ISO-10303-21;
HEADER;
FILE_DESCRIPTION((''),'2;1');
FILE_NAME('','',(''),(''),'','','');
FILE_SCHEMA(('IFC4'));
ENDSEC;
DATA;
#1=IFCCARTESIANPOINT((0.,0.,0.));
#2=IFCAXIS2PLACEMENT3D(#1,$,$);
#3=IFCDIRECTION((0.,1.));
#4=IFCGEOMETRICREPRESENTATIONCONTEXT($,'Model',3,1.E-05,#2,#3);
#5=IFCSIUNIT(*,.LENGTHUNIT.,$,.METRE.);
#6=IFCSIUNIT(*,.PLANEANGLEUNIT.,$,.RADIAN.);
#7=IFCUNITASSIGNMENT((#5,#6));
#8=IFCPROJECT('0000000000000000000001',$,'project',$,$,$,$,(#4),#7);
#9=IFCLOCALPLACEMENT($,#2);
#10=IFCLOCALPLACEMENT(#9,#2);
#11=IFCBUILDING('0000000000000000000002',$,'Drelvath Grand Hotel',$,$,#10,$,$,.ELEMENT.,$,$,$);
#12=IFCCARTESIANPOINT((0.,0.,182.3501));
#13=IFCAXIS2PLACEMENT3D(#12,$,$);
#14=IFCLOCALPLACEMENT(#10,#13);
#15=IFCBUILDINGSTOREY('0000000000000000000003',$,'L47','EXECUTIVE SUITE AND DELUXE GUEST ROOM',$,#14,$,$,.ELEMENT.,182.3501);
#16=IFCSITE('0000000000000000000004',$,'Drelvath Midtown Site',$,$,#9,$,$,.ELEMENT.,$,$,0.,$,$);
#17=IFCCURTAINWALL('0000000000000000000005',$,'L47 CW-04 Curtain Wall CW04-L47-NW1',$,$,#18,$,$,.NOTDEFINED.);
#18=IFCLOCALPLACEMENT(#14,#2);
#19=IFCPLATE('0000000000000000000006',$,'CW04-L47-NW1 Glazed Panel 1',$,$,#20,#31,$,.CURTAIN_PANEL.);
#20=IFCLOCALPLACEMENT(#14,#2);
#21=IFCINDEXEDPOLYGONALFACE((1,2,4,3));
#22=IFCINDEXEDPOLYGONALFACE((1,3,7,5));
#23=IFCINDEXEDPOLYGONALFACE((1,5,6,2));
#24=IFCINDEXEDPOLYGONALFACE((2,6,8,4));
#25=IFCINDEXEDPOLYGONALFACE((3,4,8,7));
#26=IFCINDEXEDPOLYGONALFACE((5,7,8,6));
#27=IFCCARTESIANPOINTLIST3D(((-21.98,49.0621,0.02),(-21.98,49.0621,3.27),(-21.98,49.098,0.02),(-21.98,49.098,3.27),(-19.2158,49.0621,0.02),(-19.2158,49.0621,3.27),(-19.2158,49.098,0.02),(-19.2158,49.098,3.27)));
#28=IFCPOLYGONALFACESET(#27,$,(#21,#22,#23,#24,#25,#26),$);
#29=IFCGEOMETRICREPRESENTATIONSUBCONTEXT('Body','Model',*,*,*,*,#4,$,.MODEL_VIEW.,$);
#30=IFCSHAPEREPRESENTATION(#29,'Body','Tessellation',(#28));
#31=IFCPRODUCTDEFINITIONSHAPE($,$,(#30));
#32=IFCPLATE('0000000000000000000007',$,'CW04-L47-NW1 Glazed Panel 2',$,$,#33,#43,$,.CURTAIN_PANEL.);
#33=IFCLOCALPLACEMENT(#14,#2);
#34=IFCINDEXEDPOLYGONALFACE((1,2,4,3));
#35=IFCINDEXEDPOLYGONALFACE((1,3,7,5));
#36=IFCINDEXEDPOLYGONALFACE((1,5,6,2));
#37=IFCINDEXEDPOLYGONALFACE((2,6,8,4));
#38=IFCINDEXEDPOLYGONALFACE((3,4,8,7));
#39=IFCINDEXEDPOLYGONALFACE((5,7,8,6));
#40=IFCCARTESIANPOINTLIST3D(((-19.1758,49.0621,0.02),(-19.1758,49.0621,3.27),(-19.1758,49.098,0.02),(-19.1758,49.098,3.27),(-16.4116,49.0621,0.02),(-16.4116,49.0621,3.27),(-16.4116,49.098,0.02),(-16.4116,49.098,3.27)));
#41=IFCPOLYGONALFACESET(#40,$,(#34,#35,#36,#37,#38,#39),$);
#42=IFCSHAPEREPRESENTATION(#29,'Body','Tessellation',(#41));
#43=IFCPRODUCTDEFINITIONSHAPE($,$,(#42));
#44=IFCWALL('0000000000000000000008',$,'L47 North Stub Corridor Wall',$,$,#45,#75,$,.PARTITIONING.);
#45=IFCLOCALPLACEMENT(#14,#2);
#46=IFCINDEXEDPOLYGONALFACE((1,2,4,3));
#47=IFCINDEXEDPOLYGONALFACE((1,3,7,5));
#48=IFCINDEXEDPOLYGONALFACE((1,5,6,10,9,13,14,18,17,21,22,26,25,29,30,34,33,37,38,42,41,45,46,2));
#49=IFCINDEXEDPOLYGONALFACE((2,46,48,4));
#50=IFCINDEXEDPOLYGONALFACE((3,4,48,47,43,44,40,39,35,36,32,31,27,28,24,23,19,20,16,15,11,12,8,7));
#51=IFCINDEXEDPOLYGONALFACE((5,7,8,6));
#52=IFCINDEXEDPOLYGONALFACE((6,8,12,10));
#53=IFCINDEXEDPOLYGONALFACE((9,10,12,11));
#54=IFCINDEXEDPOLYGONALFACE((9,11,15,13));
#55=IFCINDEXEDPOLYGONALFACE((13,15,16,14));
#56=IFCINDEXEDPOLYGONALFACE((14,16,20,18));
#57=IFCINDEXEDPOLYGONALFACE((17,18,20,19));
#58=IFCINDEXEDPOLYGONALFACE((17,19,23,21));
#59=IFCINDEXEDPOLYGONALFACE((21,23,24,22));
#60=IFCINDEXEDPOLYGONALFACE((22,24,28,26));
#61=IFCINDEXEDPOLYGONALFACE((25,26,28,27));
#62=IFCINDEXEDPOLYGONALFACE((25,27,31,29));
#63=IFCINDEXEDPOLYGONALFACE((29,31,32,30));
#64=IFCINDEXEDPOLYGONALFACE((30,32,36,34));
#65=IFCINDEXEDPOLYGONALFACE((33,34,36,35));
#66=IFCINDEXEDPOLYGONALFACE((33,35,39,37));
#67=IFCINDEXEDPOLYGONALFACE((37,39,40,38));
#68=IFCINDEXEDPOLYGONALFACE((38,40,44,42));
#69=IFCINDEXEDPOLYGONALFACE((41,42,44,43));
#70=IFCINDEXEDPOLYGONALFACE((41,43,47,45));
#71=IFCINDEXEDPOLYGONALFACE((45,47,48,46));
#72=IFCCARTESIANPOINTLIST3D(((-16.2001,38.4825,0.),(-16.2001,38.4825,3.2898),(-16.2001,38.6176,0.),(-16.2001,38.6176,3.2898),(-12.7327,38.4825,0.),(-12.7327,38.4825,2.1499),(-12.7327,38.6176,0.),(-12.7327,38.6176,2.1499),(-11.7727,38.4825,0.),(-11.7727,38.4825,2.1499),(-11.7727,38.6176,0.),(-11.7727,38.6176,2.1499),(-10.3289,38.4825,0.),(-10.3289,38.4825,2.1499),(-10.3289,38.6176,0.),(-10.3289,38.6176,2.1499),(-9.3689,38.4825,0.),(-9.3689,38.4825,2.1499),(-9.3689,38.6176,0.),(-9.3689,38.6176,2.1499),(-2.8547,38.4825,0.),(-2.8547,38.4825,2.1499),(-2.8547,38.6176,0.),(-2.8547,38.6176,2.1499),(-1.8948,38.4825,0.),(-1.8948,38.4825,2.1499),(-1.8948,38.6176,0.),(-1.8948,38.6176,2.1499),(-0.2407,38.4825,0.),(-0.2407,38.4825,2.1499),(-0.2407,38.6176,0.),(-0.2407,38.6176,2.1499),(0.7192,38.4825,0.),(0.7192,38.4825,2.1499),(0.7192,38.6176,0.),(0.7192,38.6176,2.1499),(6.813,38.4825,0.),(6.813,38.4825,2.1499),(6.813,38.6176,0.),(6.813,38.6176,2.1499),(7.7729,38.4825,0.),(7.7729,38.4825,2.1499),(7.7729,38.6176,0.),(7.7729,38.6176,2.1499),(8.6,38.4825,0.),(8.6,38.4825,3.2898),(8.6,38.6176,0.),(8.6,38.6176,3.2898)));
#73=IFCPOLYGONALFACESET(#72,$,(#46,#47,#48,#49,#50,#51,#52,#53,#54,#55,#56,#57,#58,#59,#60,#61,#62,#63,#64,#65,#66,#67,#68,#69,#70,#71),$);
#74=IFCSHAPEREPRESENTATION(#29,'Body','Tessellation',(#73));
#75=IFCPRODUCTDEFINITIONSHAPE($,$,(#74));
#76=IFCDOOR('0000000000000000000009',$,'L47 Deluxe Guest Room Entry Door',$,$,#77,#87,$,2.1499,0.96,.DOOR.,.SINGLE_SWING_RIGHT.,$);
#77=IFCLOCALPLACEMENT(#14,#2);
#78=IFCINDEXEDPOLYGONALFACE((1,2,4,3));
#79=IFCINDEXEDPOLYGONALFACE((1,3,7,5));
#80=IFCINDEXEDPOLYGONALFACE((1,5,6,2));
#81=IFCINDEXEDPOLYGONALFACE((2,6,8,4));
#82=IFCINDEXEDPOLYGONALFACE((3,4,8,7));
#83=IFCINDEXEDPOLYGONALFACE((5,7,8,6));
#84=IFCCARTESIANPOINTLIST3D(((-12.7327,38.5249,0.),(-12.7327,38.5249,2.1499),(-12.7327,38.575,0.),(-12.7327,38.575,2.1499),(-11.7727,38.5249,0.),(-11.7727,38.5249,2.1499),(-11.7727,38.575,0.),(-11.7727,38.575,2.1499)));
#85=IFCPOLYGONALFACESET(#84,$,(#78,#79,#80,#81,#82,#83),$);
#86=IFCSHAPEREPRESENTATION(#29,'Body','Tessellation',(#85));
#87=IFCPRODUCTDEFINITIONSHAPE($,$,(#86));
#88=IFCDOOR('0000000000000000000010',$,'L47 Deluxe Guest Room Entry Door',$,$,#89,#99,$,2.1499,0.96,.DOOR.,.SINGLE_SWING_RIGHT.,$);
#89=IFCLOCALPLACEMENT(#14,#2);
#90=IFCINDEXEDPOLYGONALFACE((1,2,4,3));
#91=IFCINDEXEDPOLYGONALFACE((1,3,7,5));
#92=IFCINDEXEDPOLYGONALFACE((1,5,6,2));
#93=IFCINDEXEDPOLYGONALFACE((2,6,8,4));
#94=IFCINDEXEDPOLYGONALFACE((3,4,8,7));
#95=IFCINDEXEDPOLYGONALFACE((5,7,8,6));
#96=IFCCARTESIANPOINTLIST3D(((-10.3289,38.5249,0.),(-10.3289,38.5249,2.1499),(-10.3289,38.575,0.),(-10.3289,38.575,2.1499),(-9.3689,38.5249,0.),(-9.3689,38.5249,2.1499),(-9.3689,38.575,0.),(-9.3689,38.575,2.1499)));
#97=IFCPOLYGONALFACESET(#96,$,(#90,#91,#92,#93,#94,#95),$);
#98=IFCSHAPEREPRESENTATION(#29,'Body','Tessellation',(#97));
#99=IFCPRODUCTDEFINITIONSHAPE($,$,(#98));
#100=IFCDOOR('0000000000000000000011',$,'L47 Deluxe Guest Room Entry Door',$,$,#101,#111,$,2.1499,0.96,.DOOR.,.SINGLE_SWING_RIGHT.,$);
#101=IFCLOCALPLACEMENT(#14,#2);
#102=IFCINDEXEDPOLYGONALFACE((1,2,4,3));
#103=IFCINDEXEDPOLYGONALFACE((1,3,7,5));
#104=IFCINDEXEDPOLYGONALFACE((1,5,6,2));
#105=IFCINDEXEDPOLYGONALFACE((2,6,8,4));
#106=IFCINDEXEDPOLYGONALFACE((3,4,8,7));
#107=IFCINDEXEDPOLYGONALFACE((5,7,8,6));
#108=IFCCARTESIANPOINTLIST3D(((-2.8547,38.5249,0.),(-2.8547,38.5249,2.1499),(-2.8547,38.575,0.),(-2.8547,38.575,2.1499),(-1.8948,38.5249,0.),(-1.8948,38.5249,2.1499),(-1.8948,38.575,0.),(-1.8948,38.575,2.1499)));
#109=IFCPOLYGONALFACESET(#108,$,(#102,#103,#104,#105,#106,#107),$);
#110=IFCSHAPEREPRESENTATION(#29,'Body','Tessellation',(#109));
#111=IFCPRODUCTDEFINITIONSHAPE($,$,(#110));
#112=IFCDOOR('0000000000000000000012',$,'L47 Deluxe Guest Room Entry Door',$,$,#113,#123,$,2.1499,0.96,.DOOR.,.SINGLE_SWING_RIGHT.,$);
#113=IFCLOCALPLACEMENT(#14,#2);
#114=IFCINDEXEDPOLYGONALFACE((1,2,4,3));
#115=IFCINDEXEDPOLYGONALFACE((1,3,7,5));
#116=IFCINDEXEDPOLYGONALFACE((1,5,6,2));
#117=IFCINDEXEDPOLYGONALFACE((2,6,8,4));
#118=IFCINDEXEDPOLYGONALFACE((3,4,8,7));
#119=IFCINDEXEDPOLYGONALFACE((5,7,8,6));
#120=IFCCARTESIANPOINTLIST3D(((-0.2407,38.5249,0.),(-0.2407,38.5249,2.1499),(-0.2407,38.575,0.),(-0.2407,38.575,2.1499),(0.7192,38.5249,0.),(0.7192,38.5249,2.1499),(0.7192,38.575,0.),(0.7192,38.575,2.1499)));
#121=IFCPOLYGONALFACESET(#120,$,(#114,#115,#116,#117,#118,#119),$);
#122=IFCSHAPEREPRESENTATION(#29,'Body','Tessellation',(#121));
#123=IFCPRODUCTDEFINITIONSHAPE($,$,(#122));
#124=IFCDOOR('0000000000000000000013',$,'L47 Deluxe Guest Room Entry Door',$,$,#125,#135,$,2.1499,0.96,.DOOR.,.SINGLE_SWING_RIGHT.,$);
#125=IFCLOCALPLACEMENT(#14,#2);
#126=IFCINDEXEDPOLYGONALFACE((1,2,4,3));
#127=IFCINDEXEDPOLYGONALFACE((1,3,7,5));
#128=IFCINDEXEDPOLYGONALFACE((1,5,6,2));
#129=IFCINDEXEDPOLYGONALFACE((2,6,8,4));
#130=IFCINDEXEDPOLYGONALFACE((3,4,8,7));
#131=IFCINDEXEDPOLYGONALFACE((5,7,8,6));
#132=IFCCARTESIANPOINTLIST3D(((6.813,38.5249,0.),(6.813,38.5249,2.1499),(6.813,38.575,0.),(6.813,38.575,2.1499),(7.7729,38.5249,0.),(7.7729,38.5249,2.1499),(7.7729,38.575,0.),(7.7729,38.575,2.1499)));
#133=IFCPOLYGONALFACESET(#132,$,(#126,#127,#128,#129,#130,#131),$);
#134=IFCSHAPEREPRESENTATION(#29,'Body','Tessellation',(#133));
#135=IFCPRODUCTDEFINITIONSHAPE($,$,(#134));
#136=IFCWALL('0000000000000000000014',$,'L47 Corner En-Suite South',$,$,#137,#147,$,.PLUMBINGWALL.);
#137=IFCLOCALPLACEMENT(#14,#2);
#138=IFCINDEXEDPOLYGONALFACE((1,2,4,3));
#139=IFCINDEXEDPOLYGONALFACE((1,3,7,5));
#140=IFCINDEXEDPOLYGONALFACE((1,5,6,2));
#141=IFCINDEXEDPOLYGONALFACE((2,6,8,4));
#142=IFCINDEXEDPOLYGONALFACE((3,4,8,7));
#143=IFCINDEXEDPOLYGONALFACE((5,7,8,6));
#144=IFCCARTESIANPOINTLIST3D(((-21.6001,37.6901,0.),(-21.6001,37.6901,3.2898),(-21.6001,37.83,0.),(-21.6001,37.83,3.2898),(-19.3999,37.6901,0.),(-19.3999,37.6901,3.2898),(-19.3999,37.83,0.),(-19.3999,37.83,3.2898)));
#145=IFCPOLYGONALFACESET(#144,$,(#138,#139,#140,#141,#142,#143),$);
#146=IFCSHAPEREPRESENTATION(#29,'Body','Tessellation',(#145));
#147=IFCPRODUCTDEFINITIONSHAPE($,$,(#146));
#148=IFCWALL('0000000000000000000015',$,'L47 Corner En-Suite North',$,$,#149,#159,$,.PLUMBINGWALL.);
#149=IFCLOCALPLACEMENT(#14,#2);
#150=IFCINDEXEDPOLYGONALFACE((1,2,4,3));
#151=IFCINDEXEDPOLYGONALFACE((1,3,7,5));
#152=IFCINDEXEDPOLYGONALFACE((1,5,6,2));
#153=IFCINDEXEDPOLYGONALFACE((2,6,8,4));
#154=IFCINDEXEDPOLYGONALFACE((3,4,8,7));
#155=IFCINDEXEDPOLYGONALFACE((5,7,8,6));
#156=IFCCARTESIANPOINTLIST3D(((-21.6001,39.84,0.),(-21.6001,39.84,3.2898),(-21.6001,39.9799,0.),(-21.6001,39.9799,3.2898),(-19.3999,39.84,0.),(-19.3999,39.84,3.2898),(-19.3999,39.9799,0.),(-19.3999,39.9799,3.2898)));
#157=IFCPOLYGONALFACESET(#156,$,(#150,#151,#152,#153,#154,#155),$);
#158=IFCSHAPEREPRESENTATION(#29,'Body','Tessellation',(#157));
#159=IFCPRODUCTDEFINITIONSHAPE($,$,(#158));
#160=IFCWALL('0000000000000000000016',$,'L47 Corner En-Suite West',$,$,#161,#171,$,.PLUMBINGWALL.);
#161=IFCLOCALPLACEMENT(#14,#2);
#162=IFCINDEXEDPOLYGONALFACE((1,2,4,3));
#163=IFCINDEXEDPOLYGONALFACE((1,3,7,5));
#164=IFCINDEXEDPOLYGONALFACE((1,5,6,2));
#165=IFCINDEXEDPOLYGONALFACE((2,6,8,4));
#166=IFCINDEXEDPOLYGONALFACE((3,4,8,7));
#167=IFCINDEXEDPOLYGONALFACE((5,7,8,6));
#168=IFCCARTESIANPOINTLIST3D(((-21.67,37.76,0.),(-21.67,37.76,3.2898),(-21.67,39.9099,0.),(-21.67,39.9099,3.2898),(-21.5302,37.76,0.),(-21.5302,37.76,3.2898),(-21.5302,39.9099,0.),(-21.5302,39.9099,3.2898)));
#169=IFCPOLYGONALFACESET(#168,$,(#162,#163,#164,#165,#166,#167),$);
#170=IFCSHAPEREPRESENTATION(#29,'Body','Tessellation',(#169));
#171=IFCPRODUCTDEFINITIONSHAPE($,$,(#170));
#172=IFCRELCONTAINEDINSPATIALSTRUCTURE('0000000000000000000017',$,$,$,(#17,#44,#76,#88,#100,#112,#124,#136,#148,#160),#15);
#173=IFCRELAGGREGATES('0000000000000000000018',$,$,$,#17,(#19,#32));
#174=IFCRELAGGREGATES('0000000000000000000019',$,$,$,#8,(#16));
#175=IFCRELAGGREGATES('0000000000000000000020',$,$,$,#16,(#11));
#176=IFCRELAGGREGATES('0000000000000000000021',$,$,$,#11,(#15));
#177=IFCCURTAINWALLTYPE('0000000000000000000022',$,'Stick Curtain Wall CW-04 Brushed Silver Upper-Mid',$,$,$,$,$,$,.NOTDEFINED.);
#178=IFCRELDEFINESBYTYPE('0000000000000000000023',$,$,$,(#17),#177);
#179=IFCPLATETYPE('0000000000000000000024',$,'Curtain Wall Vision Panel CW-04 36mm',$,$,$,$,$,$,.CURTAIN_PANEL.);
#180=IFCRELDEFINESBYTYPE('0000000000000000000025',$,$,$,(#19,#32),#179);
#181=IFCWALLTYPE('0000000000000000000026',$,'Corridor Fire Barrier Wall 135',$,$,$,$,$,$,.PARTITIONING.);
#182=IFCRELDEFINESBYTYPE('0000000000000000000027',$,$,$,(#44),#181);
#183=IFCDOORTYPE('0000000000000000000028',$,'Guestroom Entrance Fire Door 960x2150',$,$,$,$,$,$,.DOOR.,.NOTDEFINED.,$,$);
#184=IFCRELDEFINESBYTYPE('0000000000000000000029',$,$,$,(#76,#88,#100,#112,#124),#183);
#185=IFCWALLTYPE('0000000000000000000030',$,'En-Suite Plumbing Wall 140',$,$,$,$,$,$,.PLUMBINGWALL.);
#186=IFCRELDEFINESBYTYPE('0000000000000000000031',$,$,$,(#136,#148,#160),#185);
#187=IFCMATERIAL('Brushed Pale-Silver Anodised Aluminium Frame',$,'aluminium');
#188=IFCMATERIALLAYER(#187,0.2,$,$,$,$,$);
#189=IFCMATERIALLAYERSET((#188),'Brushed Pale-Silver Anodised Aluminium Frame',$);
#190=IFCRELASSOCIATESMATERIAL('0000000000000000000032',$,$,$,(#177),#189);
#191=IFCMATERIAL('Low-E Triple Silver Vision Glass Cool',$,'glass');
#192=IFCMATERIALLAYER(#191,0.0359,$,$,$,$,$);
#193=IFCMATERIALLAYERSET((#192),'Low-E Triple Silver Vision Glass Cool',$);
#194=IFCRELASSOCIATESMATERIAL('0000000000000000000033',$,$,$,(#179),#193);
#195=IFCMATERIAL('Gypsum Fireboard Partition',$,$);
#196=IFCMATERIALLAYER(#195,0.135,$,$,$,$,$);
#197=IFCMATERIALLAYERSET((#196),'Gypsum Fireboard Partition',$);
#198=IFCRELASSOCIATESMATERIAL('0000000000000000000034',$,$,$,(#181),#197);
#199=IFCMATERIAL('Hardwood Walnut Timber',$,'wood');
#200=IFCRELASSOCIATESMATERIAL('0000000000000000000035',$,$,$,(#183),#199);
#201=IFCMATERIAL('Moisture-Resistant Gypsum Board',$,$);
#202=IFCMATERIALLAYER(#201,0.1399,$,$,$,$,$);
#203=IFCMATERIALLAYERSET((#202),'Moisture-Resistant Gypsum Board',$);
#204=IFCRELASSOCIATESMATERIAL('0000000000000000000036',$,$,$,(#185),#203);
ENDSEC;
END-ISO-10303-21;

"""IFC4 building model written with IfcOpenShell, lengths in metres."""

from ifc_helpers import new_model, si_unit, direction, frame, frame_2d, origin, origin_2d, place, context, subcontext, project, spatial, rectangle, extrude, material, layer, layer_set, type_object, element, fill, aggregate, save


model = new_model("IFC4")

# Units and contexts
model_context = context("Model", 3, precision=1e-05, world=origin(), true_north=direction((0.0, 1.0)))
body_context = subcontext(model_context, "Body", "Model", "MODEL_VIEW")
ifc_project = project(units=[si_unit("LENGTHUNIT", "METRE"), si_unit("PLANEANGLEUNIT", "RADIAN")], contexts=[model_context])

# Site, building, storey
site_placement = place(None, origin())
site = spatial("IfcSite", under=ifc_project, at=site_placement, Name="Drelvath Midtown Site", CompositionType="ELEMENT", RefElevation=0.0)
building_placement = place(site_placement, origin())
building = spatial("IfcBuilding", under=site, at=building_placement, Name="Drelvath Grand Hotel", CompositionType="ELEMENT")
storey_placement = place(building_placement, frame((0.0, 0.0, 182.3501)))
storey = spatial("IfcBuildingStorey", under=building, at=storey_placement, Name="L47", Description="EXECUTIVE SUITE AND DELUXE GUEST ROOM", CompositionType="ELEMENT", Elevation=182.3501)

# Curtain wall
ifc_material_1 = material(Name="Brushed Pale-Silver Anodised Aluminium Frame", Category="aluminium")
ifc_layer_1 = layer(ifc_material_1, 0.2)
ifc_layer_set_1 = layer_set([ifc_layer_1], Name="Brushed Pale-Silver Anodised Aluminium Frame")
curtain_wall_type = type_object("IfcCurtainWallType", Name="Stick Curtain Wall CW-04 Brushed Silver Upper-Mid", PredefinedType="NOTDEFINED", material=ifc_layer_set_1)
curtain_wall_placement = place(storey_placement, origin())
curtain_wall = element("IfcCurtainWall", 1, at=curtain_wall_placement, inside=storey, type_object=curtain_wall_type, Name="L47 CW-04 Curtain Wall CW04-L47-NW1", PredefinedType="NOTDEFINED")

# Plates
ifc_material_2 = material(Name="Low-E Triple Silver Vision Glass Cool", Category="glass")
ifc_layer_2 = layer(ifc_material_2, 0.0359)
ifc_layer_set_2 = layer_set([ifc_layer_2], Name="Low-E Triple Silver Vision Glass Cool")
plate_type = type_object("IfcPlateType", Name="Curtain Wall Vision Panel CW-04 36mm", PredefinedType="CURTAIN_PANEL", material=ifc_layer_set_2)
plate_1_placement = place(storey_placement, frame((-20.5979, 49.0801, 0.02), z_axis=(0.0, 0.0, 1.0), x_axis=(1.0, 0.0, 0.0)))
plate_1 = element("IfcPlate", 2, at=plate_1_placement, type_object=plate_type, Name="CW04-L47-NW1 Glazed Panel 1", PredefinedType="CURTAIN_PANEL", context=body_context, shape_type="SweptSolid", body=[
    extrude(rectangle(XDim=2.7642, YDim=0.0359, at=origin_2d()), origin(), (0.0, 0.0, 1.0), 3.25),
])
plate_2_placement = place(storey_placement, frame((-17.7937, 49.0801, 0.02), z_axis=(0.0, 0.0, 1.0), x_axis=(1.0, 0.0, 0.0)))
plate_2 = element("IfcPlate", 3, at=plate_2_placement, type_object=plate_type, Name="CW04-L47-NW1 Glazed Panel 2", PredefinedType="CURTAIN_PANEL", context=body_context, shape_type="SweptSolid", body=[
    extrude(rectangle(XDim=2.7642, YDim=0.0359, at=origin_2d()), origin(), (0.0, 0.0, 1.0), 3.25),
])
aggregate(curtain_wall, [plate_1, plate_2])

# Wall, openings, doors
ifc_material_3 = material(Name="Gypsum Fireboard Partition")
ifc_layer_3 = layer(ifc_material_3, 0.135)
ifc_layer_set_3 = layer_set([ifc_layer_3], Name="Gypsum Fireboard Partition")
wall_type_1 = type_object("IfcWallType", Name="Corridor Fire Barrier Wall 135", PredefinedType="PARTITIONING", material=ifc_layer_set_3)
wall_1_placement = place(storey_placement, frame((-16.2, 38.55, 0.0), z_axis=(0.0, 0.0, 1.0), x_axis=(1.0, 0.0, 0.0)))
wall_1 = element("IfcWall", 4, at=wall_1_placement, inside=storey, type_object=wall_type_1, Name="L47 North Stub Corridor Wall", PredefinedType="PARTITIONING", context=body_context, shape_type="SweptSolid", body=[
    extrude(rectangle(XDim=24.8, YDim=0.135, at=frame_2d((12.3999, 0.0))), origin(), (0.0, 0.0, 1.0), 3.2898),
])
opening_1_placement = place(wall_1_placement, frame((3.4673, 0.0, 0.0)))
opening_1 = element("IfcOpeningElement", 5, at=opening_1_placement, cuts=wall_1, PredefinedType="OPENING", context=body_context, shape_type="SweptSolid", body=[
    extrude(rectangle(XDim=0.96, YDim=2.1499, at=frame_2d((0.48, 1.075))), frame((0.0, 0.0774, 0.0), z_axis=(0.0, -1.0, 0.0), x_axis=(1.0, 0.0, 0.0)), (0.0, 0.0, 1.0), 0.155),
])
opening_2_placement = place(wall_1_placement, frame((5.8711, 0.0, 0.0)))
opening_2 = element("IfcOpeningElement", 6, at=opening_2_placement, cuts=wall_1, PredefinedType="OPENING", context=body_context, shape_type="SweptSolid", body=[
    extrude(rectangle(XDim=0.96, YDim=2.1499, at=frame_2d((0.48, 1.075))), frame((0.0, 0.0774, 0.0), z_axis=(0.0, -1.0, 0.0), x_axis=(1.0, 0.0, 0.0)), (0.0, 0.0, 1.0), 0.155),
])
opening_3_placement = place(wall_1_placement, frame((13.3452, 0.0, 0.0)))
opening_3 = element("IfcOpeningElement", 7, at=opening_3_placement, cuts=wall_1, PredefinedType="OPENING", context=body_context, shape_type="SweptSolid", body=[
    extrude(rectangle(XDim=0.96, YDim=2.1499, at=frame_2d((0.48, 1.075))), frame((0.0, 0.0774, 0.0), z_axis=(0.0, -1.0, 0.0), x_axis=(1.0, 0.0, 0.0)), (0.0, 0.0, 1.0), 0.155),
])
opening_4_placement = place(wall_1_placement, frame((15.9592, 0.0, 0.0)))
opening_4 = element("IfcOpeningElement", 8, at=opening_4_placement, cuts=wall_1, PredefinedType="OPENING", context=body_context, shape_type="SweptSolid", body=[
    extrude(rectangle(XDim=0.96, YDim=2.1499, at=frame_2d((0.48, 1.075))), frame((0.0, 0.0774, 0.0), z_axis=(0.0, -1.0, 0.0), x_axis=(1.0, 0.0, 0.0)), (0.0, 0.0, 1.0), 0.155),
])
opening_5_placement = place(wall_1_placement, frame((23.0129, 0.0, 0.0)))
opening_5 = element("IfcOpeningElement", 9, at=opening_5_placement, cuts=wall_1, PredefinedType="OPENING", context=body_context, shape_type="SweptSolid", body=[
    extrude(rectangle(XDim=0.96, YDim=2.1499, at=frame_2d((0.48, 1.075))), frame((0.0, 0.0774, 0.0), z_axis=(0.0, -1.0, 0.0), x_axis=(1.0, 0.0, 0.0)), (0.0, 0.0, 1.0), 0.155),
])
ifc_material_4 = material(Name="Hardwood Walnut Timber", Category="wood")
door_type_1 = type_object("IfcDoorType", Name="Guestroom Entrance Fire Door 960x2150", OperationType="NOTDEFINED", PredefinedType="DOOR", material=ifc_material_4)
door_1_placement = place(opening_1_placement, origin())
door_1 = element("IfcDoor", 10, at=door_1_placement, inside=storey, type_object=door_type_1, Name="L47 Deluxe Guest Room Entry Door", OperationType="SINGLE_SWING_RIGHT", OverallHeight=2.1499, OverallWidth=0.96, PredefinedType="DOOR", context=body_context, shape_type="SweptSolid", body=[
    extrude(rectangle(XDim=0.96, YDim=2.1499, at=frame_2d((0.48, 1.075))), frame((0.0, 0.0249, 0.0), z_axis=(0.0, -1.0, 0.0), x_axis=(1.0, 0.0, 0.0)), (0.0, 0.0, 1.0), 0.05),
])
fill(opening_1, door_1)
door_2_placement = place(opening_2_placement, origin())
door_2 = element("IfcDoor", 11, at=door_2_placement, inside=storey, type_object=door_type_1, Name="L47 Deluxe Guest Room Entry Door", OperationType="SINGLE_SWING_RIGHT", OverallHeight=2.1499, OverallWidth=0.96, PredefinedType="DOOR", context=body_context, shape_type="SweptSolid", body=[
    extrude(rectangle(XDim=0.96, YDim=2.1499, at=frame_2d((0.48, 1.075))), frame((0.0, 0.0249, 0.0), z_axis=(0.0, -1.0, 0.0), x_axis=(1.0, 0.0, 0.0)), (0.0, 0.0, 1.0), 0.05),
])
fill(opening_2, door_2)
door_3_placement = place(opening_3_placement, origin())
door_3 = element("IfcDoor", 12, at=door_3_placement, inside=storey, type_object=door_type_1, Name="L47 Deluxe Guest Room Entry Door", OperationType="SINGLE_SWING_RIGHT", OverallHeight=2.1499, OverallWidth=0.96, PredefinedType="DOOR", context=body_context, shape_type="SweptSolid", body=[
    extrude(rectangle(XDim=0.96, YDim=2.1499, at=frame_2d((0.48, 1.075))), frame((0.0, 0.0249, 0.0), z_axis=(0.0, -1.0, 0.0), x_axis=(1.0, 0.0, 0.0)), (0.0, 0.0, 1.0), 0.05),
])
fill(opening_3, door_3)
door_4_placement = place(opening_4_placement, origin())
door_4 = element("IfcDoor", 13, at=door_4_placement, inside=storey, type_object=door_type_1, Name="L47 Deluxe Guest Room Entry Door", OperationType="SINGLE_SWING_RIGHT", OverallHeight=2.1499, OverallWidth=0.96, PredefinedType="DOOR", context=body_context, shape_type="SweptSolid", body=[
    extrude(rectangle(XDim=0.96, YDim=2.1499, at=frame_2d((0.48, 1.075))), frame((0.0, 0.0249, 0.0), z_axis=(0.0, -1.0, 0.0), x_axis=(1.0, 0.0, 0.0)), (0.0, 0.0, 1.0), 0.05),
])
fill(opening_4, door_4)
door_5_placement = place(opening_5_placement, origin())
door_5 = element("IfcDoor", 14, at=door_5_placement, inside=storey, type_object=door_type_1, Name="L47 Deluxe Guest Room Entry Door", OperationType="SINGLE_SWING_RIGHT", OverallHeight=2.1499, OverallWidth=0.96, PredefinedType="DOOR", context=body_context, shape_type="SweptSolid", body=[
    extrude(rectangle(XDim=0.96, YDim=2.1499, at=frame_2d((0.48, 1.075))), frame((0.0, 0.0249, 0.0), z_axis=(0.0, -1.0, 0.0), x_axis=(1.0, 0.0, 0.0)), (0.0, 0.0, 1.0), 0.05),
])
fill(opening_5, door_5)

# Walls
ifc_material_5 = material(Name="Moisture-Resistant Gypsum Board")
ifc_layer_4 = layer(ifc_material_5, 0.1399)
ifc_layer_set_4 = layer_set([ifc_layer_4], Name="Moisture-Resistant Gypsum Board")
wall_type_2 = type_object("IfcWallType", Name="En-Suite Plumbing Wall 140", PredefinedType="PLUMBINGWALL", material=ifc_layer_set_4)
for number, where, z_axis, x_axis, name in (
    (15, (-21.6001, 37.76, 0.0), (0.0, 0.0, 1.0), (1.0, 0.0, 0.0), "L47 Corner En-Suite South"),
    (16, (-21.6001, 39.9099, 0.0), (0.0, 0.0, 1.0), (1.0, 0.0, 0.0), "L47 Corner En-Suite North"),
):
    element("IfcWall", number, at=place(storey_placement, frame(where, z_axis=z_axis, x_axis=x_axis)), inside=storey, type_object=wall_type_2, Name=name, PredefinedType="PLUMBINGWALL", context=body_context, shape_type="SweptSolid", body=[
        extrude(rectangle(XDim=2.2002, YDim=0.1399, at=frame_2d((1.1001, 0.0))), origin(), (0.0, 0.0, 1.0), 3.2898),
    ])
wall_2_placement = place(storey_placement, frame((-21.6001, 37.76, 0.0), z_axis=(0.0, 0.0, 1.0), x_axis=(0.0, 1.0, 0.0)))
element("IfcWall", 17, at=wall_2_placement, inside=storey, type_object=wall_type_2, Name="L47 Corner En-Suite West", PredefinedType="PLUMBINGWALL", context=body_context, shape_type="SweptSolid", body=[
    extrude(rectangle(XDim=2.1499, YDim=0.1399, at=frame_2d((1.075, 0.0))), origin(), (0.0, 0.0, 1.0), 3.2898),
])

save(model, "model.ifc")
